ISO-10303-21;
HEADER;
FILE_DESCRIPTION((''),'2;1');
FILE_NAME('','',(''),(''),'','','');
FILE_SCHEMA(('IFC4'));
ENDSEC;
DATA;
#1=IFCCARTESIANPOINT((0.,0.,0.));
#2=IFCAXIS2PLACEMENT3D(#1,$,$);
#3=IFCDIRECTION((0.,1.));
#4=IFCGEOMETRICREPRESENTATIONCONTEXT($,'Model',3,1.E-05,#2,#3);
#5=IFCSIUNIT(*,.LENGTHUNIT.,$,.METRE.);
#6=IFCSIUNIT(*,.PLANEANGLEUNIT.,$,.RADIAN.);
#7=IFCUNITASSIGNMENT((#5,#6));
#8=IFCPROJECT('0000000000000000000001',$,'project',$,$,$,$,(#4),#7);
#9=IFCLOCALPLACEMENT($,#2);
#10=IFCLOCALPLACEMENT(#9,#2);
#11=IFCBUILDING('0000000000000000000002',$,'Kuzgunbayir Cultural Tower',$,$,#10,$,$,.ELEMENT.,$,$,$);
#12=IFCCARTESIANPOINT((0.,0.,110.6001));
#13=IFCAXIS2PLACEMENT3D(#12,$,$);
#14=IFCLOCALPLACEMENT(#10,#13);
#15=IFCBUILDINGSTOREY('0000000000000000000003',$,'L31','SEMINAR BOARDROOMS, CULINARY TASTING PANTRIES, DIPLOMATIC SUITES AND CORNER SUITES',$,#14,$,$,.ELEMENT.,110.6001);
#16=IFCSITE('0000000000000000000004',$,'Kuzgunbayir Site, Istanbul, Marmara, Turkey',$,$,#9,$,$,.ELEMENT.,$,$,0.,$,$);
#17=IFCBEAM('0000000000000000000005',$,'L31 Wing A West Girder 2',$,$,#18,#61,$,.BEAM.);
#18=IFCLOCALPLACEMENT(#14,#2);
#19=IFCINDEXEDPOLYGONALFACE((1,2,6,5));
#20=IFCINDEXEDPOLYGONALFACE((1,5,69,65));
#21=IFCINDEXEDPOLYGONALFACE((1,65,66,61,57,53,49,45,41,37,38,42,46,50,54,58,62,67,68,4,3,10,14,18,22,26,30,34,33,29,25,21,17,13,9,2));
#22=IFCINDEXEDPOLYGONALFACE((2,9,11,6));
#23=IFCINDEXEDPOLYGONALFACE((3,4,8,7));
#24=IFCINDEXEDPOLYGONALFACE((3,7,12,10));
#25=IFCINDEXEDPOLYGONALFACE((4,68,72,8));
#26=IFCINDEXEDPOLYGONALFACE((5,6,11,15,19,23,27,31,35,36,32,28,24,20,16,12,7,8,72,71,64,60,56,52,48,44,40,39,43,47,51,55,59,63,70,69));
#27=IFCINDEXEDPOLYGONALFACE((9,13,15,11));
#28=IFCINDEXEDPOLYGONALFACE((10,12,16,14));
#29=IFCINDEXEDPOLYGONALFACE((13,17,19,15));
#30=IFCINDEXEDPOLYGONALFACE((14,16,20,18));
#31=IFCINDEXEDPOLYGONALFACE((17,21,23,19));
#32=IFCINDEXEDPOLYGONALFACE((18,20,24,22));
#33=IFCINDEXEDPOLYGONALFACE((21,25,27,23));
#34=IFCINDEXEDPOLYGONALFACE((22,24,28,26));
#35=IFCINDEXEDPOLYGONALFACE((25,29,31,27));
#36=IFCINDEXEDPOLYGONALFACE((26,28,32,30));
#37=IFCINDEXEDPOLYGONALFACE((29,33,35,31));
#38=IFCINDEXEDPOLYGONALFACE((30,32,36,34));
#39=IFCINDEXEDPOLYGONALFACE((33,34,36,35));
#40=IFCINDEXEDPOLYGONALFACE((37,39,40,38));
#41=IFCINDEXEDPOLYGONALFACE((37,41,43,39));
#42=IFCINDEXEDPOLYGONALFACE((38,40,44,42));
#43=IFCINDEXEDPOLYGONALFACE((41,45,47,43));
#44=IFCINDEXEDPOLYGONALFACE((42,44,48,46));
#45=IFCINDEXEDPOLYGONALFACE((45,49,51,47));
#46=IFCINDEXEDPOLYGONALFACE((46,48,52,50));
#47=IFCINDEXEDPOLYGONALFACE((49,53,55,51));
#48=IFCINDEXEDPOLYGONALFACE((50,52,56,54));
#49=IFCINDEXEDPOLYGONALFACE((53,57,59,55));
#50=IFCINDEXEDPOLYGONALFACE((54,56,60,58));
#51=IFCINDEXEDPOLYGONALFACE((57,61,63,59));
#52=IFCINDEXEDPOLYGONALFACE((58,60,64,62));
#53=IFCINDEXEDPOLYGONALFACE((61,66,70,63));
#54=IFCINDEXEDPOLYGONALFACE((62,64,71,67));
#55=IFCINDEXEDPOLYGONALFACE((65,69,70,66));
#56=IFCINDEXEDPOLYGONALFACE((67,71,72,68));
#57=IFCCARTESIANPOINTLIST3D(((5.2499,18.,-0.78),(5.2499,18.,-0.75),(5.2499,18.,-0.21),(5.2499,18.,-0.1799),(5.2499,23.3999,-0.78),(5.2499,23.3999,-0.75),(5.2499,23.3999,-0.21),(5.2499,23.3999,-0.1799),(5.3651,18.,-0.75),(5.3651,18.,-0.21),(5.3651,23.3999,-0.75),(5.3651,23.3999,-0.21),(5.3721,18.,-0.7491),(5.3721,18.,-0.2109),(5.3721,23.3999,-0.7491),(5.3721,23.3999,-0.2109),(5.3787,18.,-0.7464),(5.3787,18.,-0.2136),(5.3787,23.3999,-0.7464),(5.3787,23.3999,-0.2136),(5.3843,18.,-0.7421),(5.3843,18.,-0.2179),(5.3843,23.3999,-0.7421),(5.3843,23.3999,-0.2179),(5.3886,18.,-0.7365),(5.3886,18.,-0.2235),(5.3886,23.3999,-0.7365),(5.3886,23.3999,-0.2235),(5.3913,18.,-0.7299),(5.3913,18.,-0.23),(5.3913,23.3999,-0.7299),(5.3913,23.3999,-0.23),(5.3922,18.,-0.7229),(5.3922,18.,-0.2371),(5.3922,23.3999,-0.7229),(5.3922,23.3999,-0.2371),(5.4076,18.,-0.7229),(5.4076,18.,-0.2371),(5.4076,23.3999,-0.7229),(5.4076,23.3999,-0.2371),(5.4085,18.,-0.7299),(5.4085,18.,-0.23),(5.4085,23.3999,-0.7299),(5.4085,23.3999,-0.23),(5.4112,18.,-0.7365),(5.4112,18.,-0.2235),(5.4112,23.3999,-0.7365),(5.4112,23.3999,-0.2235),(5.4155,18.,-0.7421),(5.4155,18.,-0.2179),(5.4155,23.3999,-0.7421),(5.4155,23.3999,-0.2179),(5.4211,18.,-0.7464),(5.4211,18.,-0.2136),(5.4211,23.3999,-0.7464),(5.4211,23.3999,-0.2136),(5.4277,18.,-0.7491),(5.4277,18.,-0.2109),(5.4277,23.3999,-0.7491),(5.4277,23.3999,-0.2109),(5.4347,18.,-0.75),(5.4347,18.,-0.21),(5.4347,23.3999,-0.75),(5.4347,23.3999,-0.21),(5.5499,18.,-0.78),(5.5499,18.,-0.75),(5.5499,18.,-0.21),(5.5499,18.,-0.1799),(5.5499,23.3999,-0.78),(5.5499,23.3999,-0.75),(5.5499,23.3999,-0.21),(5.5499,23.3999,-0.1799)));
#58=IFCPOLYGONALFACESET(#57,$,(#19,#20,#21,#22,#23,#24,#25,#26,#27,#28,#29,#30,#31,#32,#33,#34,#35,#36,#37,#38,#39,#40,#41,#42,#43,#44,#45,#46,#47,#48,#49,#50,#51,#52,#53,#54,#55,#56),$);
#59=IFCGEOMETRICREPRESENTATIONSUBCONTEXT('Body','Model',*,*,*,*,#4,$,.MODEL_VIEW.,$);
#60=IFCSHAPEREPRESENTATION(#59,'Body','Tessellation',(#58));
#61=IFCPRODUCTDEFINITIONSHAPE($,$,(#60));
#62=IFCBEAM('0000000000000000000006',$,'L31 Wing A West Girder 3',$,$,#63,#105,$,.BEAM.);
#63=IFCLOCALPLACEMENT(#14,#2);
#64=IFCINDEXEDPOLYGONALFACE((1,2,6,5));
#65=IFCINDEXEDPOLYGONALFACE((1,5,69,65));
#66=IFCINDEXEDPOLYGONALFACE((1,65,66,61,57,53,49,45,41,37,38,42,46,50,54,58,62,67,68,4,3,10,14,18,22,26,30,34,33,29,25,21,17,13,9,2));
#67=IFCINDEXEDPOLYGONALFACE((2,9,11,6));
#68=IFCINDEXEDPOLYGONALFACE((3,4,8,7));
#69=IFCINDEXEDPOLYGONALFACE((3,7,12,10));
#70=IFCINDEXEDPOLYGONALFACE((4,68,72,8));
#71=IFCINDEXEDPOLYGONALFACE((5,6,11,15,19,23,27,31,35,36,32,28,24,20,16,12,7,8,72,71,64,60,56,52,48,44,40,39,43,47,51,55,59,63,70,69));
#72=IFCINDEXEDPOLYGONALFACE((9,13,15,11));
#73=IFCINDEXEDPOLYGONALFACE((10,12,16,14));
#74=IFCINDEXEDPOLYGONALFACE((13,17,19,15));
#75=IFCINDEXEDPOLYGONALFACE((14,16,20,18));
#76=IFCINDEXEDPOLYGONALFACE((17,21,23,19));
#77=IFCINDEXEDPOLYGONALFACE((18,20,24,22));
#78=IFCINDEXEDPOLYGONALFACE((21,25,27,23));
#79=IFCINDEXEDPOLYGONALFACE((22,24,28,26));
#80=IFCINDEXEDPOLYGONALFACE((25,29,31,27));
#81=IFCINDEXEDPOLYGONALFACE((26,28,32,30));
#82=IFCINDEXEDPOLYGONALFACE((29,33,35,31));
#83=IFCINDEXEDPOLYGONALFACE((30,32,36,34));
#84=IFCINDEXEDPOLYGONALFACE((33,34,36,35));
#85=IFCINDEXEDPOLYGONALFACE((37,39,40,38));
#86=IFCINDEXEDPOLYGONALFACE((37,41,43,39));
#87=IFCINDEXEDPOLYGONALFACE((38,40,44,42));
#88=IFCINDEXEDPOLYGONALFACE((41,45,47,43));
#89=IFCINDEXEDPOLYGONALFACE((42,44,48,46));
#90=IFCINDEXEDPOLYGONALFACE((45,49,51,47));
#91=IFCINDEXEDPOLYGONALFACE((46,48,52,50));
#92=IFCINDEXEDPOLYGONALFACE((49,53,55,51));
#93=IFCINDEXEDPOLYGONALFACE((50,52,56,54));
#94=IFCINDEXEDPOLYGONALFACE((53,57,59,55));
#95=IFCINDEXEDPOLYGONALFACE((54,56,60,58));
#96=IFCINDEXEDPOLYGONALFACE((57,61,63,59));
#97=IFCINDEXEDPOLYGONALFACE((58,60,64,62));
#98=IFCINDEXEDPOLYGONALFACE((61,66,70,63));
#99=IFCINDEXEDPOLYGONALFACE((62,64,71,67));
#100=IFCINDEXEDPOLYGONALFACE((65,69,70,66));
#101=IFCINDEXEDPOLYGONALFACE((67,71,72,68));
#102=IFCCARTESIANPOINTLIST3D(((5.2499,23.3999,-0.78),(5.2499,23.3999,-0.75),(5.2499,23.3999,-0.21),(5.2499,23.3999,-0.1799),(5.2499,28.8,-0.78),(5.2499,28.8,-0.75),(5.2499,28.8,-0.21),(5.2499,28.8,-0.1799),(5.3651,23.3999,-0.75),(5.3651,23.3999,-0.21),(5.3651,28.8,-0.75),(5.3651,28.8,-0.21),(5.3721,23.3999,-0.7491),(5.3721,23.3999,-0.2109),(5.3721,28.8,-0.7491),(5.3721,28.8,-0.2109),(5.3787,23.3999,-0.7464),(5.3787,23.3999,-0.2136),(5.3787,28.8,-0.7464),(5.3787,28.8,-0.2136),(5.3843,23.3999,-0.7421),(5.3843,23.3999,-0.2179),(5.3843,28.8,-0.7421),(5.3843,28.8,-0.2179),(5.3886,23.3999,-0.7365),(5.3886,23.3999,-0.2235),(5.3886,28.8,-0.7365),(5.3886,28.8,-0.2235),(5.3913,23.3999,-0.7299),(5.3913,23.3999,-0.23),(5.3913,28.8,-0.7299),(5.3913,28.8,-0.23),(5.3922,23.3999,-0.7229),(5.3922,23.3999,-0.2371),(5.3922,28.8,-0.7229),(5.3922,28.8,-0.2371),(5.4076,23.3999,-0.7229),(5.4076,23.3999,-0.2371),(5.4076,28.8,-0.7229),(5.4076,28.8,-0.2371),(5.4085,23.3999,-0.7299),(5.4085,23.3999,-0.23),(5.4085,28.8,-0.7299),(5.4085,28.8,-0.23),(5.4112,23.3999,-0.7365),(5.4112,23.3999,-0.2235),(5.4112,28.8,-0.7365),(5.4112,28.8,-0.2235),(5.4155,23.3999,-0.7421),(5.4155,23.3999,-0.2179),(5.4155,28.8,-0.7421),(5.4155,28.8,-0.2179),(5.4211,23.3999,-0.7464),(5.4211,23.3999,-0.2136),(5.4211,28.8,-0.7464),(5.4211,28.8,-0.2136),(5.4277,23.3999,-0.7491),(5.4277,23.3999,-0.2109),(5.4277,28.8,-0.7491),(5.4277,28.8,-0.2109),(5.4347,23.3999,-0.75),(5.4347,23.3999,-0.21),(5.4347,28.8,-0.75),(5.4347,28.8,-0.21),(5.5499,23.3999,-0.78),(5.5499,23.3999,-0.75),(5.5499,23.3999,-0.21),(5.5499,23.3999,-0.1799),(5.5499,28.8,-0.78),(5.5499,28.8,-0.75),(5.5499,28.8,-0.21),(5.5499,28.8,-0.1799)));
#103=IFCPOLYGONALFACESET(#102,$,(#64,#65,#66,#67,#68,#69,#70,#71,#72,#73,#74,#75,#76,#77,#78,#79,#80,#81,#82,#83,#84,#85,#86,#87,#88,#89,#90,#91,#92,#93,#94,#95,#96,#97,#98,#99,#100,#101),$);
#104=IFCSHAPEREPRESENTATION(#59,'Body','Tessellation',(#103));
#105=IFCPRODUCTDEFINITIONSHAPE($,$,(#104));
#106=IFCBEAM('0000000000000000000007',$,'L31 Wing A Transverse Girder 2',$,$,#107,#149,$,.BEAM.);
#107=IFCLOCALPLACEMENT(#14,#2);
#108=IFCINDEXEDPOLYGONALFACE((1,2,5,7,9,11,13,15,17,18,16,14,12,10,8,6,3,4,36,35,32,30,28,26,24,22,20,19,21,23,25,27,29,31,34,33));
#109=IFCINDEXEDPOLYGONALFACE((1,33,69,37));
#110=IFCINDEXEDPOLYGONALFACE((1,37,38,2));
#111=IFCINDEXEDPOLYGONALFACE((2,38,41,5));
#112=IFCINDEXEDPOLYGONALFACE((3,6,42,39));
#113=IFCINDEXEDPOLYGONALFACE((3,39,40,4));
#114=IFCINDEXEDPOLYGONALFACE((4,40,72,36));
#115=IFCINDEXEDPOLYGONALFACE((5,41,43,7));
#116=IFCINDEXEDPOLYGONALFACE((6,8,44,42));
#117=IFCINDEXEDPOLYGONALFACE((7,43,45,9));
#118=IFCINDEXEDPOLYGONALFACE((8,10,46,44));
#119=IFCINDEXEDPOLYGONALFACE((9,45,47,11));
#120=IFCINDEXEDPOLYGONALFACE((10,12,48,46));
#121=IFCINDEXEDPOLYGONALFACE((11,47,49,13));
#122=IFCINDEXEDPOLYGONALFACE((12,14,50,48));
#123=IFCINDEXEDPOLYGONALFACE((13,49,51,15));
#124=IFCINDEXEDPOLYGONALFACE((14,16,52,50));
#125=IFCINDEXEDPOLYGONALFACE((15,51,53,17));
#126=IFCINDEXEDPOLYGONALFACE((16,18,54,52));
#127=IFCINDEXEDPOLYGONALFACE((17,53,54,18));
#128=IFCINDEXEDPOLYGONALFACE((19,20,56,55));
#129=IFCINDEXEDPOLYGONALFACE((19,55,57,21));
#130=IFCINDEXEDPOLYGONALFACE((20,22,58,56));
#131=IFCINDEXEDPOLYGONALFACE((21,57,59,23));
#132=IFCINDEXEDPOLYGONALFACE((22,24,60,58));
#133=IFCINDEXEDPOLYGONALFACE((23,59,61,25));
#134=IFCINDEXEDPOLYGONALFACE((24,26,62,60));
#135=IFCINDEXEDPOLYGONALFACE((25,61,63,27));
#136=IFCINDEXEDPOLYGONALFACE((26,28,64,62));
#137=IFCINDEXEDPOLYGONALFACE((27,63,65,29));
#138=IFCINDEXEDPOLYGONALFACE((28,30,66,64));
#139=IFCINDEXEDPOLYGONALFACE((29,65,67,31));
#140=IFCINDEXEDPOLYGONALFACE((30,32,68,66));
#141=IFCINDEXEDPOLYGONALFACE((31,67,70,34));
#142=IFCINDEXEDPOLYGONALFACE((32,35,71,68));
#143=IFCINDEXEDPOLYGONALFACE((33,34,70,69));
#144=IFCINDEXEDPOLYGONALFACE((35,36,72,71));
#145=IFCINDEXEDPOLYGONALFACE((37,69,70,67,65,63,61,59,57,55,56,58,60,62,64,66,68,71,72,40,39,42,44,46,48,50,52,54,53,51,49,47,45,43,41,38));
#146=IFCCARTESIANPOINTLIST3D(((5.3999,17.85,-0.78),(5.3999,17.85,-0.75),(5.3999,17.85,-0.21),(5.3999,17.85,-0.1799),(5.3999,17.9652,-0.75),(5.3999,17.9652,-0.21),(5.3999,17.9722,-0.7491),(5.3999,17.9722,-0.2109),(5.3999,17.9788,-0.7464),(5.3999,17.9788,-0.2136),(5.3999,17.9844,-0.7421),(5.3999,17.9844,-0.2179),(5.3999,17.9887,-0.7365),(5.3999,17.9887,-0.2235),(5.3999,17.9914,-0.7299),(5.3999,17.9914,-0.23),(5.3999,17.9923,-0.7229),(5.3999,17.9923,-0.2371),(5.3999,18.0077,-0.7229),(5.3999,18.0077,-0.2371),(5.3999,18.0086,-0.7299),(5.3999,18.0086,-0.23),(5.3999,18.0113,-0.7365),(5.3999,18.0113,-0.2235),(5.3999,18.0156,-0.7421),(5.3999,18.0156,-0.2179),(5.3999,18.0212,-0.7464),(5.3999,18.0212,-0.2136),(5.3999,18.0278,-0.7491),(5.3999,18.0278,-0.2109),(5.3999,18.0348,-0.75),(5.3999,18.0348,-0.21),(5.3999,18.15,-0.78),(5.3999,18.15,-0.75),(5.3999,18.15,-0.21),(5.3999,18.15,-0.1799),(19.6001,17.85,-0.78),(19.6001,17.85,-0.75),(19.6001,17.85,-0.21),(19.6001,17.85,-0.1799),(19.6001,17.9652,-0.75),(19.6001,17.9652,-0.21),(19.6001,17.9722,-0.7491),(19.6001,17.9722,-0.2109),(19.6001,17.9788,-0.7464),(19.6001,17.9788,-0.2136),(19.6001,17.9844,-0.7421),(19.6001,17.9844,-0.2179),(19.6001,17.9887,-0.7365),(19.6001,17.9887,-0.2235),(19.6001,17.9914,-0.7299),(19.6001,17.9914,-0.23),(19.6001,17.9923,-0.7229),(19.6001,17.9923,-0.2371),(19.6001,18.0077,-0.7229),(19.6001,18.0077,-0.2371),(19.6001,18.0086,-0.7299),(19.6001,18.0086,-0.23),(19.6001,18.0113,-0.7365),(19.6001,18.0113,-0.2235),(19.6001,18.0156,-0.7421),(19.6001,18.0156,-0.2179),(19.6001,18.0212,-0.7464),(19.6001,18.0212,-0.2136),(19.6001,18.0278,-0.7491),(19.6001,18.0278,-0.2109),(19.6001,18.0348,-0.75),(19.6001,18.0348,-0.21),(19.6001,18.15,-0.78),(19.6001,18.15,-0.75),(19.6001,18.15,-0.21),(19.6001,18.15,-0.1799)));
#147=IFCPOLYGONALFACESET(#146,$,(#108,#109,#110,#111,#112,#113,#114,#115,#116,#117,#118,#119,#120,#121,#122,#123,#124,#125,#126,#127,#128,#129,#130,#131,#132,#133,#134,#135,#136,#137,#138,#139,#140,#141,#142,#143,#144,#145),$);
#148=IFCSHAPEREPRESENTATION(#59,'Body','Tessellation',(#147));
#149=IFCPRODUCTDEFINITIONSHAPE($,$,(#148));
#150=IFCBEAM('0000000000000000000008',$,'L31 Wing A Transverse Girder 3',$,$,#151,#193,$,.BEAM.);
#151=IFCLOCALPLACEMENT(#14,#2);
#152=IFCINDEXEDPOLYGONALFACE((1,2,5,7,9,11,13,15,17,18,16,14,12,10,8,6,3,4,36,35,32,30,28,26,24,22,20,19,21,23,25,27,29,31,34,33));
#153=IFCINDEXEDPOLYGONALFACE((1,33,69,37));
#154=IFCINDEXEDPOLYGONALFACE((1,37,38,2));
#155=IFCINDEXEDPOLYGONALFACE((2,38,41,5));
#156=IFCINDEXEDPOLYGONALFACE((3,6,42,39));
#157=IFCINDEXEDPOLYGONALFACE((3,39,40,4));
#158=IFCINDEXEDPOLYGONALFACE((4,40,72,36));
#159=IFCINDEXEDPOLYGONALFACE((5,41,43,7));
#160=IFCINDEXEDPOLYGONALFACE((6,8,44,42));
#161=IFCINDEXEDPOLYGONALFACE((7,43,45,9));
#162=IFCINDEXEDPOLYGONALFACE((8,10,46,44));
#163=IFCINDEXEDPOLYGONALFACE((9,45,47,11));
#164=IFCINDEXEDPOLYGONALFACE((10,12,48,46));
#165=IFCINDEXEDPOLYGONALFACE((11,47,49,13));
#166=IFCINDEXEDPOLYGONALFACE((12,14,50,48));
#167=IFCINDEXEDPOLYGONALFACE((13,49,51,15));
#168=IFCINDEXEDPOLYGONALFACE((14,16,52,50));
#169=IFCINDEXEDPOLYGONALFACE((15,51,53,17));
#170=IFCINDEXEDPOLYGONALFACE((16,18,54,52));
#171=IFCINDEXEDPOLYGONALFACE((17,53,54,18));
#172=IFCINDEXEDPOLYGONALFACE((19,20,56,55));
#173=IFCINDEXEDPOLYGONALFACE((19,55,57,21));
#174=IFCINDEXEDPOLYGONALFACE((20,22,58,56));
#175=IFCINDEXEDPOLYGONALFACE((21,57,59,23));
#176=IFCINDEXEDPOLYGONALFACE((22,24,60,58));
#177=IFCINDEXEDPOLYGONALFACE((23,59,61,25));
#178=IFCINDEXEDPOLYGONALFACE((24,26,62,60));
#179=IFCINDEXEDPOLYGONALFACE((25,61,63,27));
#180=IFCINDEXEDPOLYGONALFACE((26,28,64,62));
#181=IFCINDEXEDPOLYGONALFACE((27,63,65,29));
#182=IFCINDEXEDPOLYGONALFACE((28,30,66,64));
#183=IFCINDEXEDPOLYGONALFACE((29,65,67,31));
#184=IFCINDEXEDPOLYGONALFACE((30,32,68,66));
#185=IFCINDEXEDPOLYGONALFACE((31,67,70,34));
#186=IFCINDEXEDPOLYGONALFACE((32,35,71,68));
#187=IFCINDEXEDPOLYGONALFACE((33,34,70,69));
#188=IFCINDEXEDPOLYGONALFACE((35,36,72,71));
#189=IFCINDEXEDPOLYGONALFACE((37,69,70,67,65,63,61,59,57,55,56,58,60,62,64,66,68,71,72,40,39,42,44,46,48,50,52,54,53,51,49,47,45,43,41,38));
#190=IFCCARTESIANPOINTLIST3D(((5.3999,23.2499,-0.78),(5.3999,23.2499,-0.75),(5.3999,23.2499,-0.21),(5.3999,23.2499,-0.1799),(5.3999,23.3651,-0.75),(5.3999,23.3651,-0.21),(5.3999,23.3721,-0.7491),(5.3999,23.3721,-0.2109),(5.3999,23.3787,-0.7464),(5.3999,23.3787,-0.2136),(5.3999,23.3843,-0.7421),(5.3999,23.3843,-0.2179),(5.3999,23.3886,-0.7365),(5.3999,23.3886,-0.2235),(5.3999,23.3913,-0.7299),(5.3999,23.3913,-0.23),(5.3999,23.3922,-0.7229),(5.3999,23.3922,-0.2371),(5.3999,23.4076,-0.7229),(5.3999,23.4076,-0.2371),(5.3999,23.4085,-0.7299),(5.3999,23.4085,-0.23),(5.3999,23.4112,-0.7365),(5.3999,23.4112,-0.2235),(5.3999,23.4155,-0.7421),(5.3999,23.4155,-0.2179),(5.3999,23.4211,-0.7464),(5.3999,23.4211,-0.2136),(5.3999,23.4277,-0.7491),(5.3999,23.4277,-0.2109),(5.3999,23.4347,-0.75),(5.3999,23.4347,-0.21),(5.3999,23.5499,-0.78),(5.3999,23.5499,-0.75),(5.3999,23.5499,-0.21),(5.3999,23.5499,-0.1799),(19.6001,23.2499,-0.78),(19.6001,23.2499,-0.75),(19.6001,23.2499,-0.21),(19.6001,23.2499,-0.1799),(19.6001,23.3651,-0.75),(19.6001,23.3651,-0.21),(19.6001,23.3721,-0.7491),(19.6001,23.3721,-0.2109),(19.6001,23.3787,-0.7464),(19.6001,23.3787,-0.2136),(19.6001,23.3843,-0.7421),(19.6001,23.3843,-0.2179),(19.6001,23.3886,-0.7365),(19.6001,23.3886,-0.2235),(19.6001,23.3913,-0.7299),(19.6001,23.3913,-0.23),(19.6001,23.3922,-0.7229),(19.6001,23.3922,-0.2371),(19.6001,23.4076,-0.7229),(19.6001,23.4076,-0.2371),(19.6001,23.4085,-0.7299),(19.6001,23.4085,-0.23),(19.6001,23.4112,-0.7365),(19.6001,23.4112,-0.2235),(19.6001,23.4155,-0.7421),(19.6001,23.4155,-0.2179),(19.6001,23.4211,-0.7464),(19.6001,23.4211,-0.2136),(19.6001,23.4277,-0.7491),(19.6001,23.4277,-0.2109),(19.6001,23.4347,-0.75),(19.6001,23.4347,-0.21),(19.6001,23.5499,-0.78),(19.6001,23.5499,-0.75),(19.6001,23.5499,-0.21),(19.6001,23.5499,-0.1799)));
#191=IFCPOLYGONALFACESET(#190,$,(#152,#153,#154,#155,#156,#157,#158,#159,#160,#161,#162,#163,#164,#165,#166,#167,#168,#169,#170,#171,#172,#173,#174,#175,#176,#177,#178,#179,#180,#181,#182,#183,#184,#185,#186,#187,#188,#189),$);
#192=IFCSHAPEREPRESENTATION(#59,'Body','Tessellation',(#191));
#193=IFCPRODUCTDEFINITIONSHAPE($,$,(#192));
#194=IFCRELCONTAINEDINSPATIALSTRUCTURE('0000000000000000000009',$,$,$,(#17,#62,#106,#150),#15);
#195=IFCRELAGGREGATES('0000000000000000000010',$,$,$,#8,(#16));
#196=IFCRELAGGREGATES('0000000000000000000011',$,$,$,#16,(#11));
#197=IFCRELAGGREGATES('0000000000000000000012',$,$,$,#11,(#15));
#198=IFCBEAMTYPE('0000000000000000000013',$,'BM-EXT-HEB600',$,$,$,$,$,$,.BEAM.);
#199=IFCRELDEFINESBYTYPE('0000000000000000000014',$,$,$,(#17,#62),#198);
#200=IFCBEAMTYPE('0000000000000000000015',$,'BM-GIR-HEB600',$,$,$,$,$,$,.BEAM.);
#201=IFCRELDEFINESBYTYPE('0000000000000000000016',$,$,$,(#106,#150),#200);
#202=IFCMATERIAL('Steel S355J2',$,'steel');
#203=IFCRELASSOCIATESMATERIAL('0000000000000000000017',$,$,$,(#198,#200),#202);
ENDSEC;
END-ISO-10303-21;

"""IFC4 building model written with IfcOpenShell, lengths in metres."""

from ifc_helpers import new_model, si_unit, direction, frame, origin, origin_2d, place, context, subcontext, project, spatial, i_section, extrude, material, material_profile, profile_set, type_object, element, save


model = new_model("IFC4")

# Units and contexts
model_context = context("Model", 3, precision=1e-05, world=origin(), true_north=direction((0.0, 1.0)))
body_context = subcontext(model_context, "Body", "Model", "MODEL_VIEW")
ifc_project = project(units=[si_unit("LENGTHUNIT", "METRE"), si_unit("PLANEANGLEUNIT", "RADIAN")], contexts=[model_context])

# Site, building, storey
site_placement = place(None, origin())
site = spatial("IfcSite", under=ifc_project, at=site_placement, Name="Kuzgunbayir Site, Istanbul, Marmara, Turkey", CompositionType="ELEMENT", RefElevation=0.0)
building_placement = place(site_placement, origin())
building = spatial("IfcBuilding", under=site, at=building_placement, Name="Kuzgunbayir Cultural Tower", CompositionType="ELEMENT")
storey_placement = place(building_placement, frame((0.0, 0.0, 110.6001)))
storey = spatial("IfcBuildingStorey", under=building, at=storey_placement, Name="L31", Description="SEMINAR BOARDROOMS, CULINARY TASTING PANTRIES, DIPLOMATIC SUITES AND CORNER SUITES", CompositionType="ELEMENT", Elevation=110.6001)

# Beams
ifc_material_1 = material(Name="Steel S355J2", Category="steel")
ifc_material_profile_1 = material_profile(ifc_material_1, i_section(OverallWidth=0.3, OverallDepth=0.6001, WebThickness=0.0154, FlangeThickness=0.03, FilletRadius=0.0271, at=origin_2d()), Name="HEB 600")
ifc_profile_set_1 = profile_set([ifc_material_profile_1], Name="Steel S355J2")
beam_type_1 = type_object("IfcBeamType", Name="BM-EXT-HEB600", PredefinedType="BEAM", material=ifc_profile_set_1)
beam_1_placement = place(storey_placement, frame((5.3999, 18.0, -0.48), z_axis=(0.0, 1.0, 0.0), x_axis=(-1.0, 0.0, 0.0)))
element("IfcBeam", 1, at=beam_1_placement, inside=storey, type_object=beam_type_1, Name="L31 Wing A West Girder 2", PredefinedType="BEAM", context=body_context, shape_type="SweptSolid", body=[
    extrude(i_section(OverallWidth=0.3, OverallDepth=0.6001, WebThickness=0.0154, FlangeThickness=0.03, FilletRadius=0.0271, at=origin_2d()), origin(), (0.0, 0.0, 1.0), 5.3999),
])
beam_2_placement = place(storey_placement, frame((5.3999, 23.3999, -0.48), z_axis=(0.0, 1.0, 0.0), x_axis=(-1.0, 0.0, 0.0)))
element("IfcBeam", 2, at=beam_2_placement, inside=storey, type_object=beam_type_1, Name="L31 Wing A West Girder 3", PredefinedType="BEAM", context=body_context, shape_type="SweptSolid", body=[
    extrude(i_section(OverallWidth=0.3, OverallDepth=0.6001, WebThickness=0.0154, FlangeThickness=0.03, FilletRadius=0.0271, at=origin_2d()), origin(), (0.0, 0.0, 1.0), 5.4001),
])
ifc_material_profile_2 = material_profile(ifc_material_1, i_section(OverallWidth=0.3, OverallDepth=0.6001, WebThickness=0.0154, FlangeThickness=0.03, FilletRadius=0.0271, at=origin_2d()), Name="HEB 600")
ifc_profile_set_2 = profile_set([ifc_material_profile_2], Name="Steel S355J2")
beam_type_2 = type_object("IfcBeamType", Name="BM-GIR-HEB600", PredefinedType="BEAM", material=ifc_profile_set_2)
for number, where, z_axis, x_axis, name in (
    (3, (5.3999, 18.0, -0.48), (1.0, 0.0, 0.0), (0.0, 1.0, 0.0), "L31 Wing A Transverse Girder 2"),
    (4, (5.3999, 23.3999, -0.48), (1.0, 0.0, 0.0), (0.0, 1.0, 0.0), "L31 Wing A Transverse Girder 3"),
):
    element("IfcBeam", number, at=place(storey_placement, frame(where, z_axis=z_axis, x_axis=x_axis)), inside=storey, type_object=beam_type_2, Name=name, PredefinedType="BEAM", context=body_context, shape_type="SweptSolid", body=[
        extrude(i_section(OverallWidth=0.3, OverallDepth=0.6001, WebThickness=0.0154, FlangeThickness=0.03, FilletRadius=0.0271, at=origin_2d()), origin(), (0.0, 0.0, 1.0), 14.2002),
    ])

save(model, "model.ifc")
